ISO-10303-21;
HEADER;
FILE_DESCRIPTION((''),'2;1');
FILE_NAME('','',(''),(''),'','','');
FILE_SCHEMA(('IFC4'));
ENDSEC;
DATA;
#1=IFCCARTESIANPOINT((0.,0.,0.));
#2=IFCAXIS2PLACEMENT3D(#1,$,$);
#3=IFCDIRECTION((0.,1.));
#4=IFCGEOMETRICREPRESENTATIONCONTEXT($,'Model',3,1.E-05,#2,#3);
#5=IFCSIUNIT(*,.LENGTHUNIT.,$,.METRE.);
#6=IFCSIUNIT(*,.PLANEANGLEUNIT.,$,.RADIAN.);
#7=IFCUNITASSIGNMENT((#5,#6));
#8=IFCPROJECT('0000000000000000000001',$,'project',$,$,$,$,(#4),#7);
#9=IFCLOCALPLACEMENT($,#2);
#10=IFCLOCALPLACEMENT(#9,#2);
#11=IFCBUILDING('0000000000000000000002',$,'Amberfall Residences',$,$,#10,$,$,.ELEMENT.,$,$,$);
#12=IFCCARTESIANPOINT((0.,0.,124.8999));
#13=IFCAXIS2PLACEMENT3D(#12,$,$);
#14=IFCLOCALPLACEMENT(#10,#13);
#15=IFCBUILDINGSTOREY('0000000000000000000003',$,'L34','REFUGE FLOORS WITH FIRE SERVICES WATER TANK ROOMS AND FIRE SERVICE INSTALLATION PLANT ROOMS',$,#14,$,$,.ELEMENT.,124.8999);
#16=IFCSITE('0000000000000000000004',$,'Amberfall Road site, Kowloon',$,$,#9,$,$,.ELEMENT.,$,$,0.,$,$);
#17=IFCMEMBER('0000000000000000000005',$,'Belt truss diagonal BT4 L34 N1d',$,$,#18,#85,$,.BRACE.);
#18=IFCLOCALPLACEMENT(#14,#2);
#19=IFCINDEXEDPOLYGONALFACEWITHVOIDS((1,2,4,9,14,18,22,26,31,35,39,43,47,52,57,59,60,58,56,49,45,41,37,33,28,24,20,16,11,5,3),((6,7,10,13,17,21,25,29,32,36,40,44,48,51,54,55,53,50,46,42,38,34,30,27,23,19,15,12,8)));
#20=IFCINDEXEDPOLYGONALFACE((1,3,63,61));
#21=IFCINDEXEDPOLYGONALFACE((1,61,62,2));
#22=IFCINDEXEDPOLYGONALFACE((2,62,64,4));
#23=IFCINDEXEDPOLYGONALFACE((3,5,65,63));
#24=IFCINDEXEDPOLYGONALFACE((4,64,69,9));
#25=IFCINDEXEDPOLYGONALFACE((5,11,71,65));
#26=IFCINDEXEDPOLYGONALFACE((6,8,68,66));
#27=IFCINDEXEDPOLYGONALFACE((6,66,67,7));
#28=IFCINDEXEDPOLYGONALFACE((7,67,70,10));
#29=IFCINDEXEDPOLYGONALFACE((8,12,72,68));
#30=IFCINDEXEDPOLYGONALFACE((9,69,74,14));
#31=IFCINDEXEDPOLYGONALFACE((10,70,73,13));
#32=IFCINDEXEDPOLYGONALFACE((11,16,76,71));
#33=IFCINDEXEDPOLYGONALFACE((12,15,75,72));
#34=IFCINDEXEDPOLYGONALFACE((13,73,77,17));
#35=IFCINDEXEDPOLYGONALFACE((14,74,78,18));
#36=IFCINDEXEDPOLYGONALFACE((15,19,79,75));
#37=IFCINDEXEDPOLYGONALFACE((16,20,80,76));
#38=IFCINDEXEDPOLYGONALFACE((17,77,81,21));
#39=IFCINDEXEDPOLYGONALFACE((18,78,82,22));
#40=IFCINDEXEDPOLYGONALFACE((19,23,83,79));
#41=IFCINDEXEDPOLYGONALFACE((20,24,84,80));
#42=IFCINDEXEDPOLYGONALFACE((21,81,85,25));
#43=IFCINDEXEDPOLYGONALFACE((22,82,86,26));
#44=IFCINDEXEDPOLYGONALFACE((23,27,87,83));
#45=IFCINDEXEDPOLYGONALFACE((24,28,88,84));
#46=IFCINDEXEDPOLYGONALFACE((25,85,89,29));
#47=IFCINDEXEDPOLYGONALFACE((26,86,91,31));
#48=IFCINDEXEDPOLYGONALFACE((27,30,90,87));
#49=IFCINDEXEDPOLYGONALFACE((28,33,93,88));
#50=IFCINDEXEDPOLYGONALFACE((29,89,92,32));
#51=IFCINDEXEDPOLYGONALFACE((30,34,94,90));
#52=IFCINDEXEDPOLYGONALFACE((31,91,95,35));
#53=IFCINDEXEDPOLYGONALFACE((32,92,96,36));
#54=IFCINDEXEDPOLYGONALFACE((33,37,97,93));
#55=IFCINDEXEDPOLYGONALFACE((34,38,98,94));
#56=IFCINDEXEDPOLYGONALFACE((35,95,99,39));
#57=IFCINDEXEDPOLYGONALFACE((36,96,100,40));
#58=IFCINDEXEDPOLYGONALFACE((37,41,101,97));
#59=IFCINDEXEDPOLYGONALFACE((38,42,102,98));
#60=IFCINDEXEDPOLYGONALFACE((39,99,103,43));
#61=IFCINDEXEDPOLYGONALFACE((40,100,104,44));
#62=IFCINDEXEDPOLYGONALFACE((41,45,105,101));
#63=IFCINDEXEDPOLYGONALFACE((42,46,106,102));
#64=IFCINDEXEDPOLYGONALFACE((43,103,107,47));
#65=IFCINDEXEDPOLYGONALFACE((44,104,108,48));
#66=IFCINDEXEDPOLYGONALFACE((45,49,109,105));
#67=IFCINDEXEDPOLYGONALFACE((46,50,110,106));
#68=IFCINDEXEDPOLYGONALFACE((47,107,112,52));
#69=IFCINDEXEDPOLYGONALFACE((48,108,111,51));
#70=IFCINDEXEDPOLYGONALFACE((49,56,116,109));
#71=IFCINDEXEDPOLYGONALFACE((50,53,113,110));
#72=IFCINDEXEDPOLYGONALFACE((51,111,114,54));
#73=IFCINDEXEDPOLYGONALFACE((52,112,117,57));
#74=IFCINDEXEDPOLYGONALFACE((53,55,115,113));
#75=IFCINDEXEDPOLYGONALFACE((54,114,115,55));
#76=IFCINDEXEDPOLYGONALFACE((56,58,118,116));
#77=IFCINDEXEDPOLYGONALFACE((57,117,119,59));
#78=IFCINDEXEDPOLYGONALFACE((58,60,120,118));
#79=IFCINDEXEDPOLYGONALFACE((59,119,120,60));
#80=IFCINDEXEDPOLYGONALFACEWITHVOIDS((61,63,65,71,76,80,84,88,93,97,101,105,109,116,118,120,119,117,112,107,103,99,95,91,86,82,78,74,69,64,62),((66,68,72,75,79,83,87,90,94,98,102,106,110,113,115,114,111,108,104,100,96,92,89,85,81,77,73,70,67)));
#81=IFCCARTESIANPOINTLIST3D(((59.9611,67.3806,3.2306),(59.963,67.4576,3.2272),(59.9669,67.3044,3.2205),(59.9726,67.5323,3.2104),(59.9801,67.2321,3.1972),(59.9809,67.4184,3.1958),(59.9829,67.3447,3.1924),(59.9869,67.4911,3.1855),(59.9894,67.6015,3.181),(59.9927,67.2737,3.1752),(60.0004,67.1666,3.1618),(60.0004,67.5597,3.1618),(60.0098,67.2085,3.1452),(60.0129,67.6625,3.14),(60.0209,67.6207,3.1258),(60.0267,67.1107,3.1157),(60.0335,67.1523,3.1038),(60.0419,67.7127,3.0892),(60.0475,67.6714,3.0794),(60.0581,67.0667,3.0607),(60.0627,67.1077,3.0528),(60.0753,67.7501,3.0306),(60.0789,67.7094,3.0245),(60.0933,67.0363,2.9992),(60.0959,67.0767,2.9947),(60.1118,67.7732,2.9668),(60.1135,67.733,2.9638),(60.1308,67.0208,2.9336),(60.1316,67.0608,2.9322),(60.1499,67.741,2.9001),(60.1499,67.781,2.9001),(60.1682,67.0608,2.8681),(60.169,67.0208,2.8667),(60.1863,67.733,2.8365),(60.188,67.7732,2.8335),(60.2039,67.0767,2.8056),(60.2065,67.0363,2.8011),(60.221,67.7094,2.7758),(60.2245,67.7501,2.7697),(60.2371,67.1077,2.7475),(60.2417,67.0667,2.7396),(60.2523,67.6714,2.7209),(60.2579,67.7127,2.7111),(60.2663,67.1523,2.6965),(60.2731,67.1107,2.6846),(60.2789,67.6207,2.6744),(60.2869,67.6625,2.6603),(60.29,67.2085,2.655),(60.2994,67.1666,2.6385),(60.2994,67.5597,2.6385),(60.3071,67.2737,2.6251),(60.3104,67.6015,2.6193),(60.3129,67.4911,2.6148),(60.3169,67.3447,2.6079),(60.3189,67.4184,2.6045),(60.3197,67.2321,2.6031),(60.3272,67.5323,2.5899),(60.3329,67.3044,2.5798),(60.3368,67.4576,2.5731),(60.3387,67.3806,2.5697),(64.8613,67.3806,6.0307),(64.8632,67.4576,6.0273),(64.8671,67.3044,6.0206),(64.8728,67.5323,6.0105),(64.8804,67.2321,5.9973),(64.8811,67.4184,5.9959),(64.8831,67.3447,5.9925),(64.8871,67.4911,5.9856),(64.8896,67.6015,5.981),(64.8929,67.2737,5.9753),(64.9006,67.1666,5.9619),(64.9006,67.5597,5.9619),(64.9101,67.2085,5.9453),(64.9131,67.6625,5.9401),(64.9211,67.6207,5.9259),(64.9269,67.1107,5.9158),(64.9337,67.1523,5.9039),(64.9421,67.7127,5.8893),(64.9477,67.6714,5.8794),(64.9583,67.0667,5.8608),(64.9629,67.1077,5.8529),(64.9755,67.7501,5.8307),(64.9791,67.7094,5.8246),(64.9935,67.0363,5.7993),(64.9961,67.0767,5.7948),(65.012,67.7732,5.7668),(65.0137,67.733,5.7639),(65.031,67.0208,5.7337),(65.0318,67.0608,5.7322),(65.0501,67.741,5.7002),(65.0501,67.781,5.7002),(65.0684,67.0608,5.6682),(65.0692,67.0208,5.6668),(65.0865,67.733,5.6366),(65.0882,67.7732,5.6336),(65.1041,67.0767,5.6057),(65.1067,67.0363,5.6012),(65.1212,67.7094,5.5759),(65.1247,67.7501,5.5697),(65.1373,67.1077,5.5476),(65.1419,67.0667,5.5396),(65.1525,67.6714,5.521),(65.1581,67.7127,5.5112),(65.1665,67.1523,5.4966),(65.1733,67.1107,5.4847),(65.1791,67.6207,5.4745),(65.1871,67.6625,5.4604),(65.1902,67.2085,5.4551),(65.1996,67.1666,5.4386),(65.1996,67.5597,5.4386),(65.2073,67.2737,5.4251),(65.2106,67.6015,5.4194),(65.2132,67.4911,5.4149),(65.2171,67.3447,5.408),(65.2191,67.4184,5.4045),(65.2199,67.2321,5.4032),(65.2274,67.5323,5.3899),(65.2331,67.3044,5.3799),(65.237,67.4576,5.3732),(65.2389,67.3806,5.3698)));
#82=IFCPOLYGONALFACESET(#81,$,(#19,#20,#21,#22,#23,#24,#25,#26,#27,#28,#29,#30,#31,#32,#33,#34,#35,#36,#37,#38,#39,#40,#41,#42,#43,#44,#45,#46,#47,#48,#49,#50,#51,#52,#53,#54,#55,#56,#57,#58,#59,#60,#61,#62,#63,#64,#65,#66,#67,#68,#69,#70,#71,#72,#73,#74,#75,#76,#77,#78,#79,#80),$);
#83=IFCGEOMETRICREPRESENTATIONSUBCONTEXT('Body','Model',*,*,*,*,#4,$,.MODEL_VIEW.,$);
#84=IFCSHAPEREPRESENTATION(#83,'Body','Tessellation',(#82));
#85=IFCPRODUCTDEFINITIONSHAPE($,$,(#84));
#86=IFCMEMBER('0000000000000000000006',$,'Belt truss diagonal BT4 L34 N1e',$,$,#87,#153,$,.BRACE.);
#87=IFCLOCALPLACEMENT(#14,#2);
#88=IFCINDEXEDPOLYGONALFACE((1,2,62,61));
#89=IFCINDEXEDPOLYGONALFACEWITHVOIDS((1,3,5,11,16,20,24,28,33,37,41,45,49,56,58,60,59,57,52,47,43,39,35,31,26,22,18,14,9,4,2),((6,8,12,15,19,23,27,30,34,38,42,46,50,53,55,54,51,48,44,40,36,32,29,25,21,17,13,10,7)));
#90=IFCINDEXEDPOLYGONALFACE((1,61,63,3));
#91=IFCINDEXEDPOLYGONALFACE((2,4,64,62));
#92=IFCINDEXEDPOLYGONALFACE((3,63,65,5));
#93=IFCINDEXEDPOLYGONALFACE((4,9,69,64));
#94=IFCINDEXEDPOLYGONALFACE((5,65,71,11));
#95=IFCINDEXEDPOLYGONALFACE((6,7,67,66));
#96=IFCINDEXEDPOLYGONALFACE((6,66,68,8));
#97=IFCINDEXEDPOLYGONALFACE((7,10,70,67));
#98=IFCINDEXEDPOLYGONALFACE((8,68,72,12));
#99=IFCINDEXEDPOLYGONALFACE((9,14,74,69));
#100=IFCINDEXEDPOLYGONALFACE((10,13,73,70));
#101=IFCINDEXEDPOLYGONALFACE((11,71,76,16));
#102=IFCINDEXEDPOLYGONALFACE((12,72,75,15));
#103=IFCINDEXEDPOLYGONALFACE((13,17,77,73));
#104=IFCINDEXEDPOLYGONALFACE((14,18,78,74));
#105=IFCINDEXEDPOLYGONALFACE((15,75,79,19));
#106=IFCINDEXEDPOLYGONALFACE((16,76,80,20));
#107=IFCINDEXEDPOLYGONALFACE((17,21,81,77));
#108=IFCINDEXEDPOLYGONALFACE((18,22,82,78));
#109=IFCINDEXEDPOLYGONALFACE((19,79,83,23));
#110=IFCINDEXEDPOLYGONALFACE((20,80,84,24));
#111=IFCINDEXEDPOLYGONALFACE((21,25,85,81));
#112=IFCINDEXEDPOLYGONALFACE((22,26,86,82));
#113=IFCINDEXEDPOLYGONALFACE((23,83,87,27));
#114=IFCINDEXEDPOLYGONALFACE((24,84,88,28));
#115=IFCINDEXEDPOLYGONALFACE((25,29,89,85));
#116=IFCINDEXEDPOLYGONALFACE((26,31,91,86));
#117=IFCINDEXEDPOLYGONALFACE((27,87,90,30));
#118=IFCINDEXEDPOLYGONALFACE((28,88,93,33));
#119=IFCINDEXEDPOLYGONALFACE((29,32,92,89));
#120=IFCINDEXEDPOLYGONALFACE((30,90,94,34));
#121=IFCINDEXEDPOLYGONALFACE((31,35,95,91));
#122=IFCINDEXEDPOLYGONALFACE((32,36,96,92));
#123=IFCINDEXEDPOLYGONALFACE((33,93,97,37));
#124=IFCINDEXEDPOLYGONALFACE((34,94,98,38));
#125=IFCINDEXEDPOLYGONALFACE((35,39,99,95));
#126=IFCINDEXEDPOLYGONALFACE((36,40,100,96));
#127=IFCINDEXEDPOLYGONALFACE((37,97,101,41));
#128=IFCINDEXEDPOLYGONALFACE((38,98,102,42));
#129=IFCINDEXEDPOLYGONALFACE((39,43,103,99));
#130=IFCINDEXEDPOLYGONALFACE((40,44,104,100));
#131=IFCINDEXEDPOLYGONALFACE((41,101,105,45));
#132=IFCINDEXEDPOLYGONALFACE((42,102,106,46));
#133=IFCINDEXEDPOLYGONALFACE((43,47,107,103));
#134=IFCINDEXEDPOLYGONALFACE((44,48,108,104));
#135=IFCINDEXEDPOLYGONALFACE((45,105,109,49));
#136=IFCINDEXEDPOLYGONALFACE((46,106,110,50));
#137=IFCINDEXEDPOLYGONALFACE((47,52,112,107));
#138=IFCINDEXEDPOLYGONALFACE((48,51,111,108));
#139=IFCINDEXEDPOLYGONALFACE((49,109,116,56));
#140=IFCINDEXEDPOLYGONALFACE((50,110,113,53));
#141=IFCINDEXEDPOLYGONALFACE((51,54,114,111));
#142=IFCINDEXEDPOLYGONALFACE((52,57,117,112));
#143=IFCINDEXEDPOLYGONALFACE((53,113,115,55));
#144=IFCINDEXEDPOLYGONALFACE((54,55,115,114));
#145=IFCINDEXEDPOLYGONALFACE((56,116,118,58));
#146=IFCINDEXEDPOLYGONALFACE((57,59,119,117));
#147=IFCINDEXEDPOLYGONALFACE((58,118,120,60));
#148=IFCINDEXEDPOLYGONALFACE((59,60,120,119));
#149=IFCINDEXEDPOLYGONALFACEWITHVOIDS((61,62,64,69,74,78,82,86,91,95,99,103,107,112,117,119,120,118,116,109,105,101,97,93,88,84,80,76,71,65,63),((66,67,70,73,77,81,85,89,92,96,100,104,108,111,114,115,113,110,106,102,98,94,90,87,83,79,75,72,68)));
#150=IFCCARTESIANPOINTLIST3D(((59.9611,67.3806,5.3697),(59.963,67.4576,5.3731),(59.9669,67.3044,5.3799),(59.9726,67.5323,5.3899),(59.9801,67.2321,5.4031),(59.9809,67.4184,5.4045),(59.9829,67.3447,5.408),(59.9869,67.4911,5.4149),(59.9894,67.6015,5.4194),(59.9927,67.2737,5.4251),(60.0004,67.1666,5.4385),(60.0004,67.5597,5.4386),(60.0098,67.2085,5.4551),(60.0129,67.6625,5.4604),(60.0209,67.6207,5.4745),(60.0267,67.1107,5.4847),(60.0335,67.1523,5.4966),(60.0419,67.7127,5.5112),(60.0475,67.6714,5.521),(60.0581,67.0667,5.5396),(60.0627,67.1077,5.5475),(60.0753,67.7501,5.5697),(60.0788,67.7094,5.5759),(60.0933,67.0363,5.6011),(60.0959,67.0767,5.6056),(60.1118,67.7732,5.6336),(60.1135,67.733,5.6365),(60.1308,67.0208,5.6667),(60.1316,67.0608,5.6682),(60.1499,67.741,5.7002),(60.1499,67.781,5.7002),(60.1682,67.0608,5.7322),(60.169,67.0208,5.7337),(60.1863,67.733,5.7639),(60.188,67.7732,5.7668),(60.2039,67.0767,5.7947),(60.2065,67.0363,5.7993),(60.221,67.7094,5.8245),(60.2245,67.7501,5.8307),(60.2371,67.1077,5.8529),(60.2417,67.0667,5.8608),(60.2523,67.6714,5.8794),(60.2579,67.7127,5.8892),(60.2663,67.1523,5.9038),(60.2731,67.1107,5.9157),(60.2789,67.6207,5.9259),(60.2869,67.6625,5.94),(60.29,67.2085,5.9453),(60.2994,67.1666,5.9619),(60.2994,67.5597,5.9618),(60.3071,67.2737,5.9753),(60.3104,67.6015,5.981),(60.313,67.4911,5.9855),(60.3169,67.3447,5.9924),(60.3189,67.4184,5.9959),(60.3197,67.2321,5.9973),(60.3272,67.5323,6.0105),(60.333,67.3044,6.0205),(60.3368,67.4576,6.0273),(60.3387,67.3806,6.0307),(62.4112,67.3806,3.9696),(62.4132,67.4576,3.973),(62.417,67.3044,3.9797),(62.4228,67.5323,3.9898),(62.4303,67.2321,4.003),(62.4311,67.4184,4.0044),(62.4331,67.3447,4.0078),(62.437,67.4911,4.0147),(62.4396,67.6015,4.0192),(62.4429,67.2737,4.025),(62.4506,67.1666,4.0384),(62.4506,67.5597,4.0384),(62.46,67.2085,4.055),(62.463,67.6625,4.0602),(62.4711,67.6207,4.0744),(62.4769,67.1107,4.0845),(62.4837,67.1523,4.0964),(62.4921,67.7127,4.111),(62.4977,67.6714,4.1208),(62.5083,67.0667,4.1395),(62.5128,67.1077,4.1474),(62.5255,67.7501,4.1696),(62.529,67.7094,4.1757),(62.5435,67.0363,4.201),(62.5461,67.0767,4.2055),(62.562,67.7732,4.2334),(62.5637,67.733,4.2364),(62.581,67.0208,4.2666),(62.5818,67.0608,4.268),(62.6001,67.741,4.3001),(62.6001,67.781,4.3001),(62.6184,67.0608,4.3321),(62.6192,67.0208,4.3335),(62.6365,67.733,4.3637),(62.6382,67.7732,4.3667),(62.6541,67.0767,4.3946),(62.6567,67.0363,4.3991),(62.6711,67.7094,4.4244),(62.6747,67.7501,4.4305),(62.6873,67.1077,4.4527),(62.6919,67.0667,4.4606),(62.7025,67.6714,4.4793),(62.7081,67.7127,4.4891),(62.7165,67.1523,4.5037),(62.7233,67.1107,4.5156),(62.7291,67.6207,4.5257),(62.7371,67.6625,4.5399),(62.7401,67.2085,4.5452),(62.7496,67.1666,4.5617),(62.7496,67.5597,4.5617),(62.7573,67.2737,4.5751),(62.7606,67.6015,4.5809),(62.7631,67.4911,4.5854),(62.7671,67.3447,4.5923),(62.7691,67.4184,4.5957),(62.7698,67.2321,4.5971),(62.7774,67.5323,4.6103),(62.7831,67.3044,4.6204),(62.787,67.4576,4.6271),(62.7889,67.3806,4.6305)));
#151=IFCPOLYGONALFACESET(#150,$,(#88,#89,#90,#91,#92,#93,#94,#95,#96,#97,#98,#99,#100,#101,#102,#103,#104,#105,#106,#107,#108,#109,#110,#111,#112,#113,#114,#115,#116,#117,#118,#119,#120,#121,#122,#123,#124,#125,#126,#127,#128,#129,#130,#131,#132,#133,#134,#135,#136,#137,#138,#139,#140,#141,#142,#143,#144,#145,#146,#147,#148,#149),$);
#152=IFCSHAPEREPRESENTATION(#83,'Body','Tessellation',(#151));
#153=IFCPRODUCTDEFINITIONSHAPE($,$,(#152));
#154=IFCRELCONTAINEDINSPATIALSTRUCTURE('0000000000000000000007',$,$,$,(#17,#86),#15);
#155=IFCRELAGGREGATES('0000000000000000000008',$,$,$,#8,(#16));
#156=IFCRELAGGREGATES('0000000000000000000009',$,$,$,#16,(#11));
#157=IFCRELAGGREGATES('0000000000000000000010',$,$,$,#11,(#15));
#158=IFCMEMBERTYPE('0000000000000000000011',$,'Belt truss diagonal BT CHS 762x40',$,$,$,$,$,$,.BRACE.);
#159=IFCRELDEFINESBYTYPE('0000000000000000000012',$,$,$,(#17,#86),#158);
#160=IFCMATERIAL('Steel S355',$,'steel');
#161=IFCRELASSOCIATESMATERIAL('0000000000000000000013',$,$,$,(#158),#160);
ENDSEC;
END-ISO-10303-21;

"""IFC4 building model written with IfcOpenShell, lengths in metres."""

from ifc_helpers import new_model, si_unit, direction, frame, origin, origin_2d, place, context, subcontext, project, spatial, hollow_circle, extrude, material, material_profile, profile_set, type_object, element, save


model = new_model("IFC4")

# Units and contexts
model_context = context("Model", 3, precision=1e-05, world=origin(), true_north=direction((0.0, 1.0)))
body_context = subcontext(model_context, "Body", "Model", "MODEL_VIEW")
ifc_project = project(units=[si_unit("LENGTHUNIT", "METRE"), si_unit("PLANEANGLEUNIT", "RADIAN")], contexts=[model_context])

# Site, building, storey
site_placement = place(None, origin())
site = spatial("IfcSite", under=ifc_project, at=site_placement, Name="Amberfall Road site, Kowloon", CompositionType="ELEMENT", RefElevation=0.0)
building_placement = place(site_placement, origin())
building = spatial("IfcBuilding", under=site, at=building_placement, Name="Amberfall Residences", CompositionType="ELEMENT")
storey_placement = place(building_placement, frame((0.0, 0.0, 124.8999)))
storey = spatial("IfcBuildingStorey", under=building, at=storey_placement, Name="L34", Description="REFUGE FLOORS WITH FIRE SERVICES WATER TANK ROOMS AND FIRE SERVICE INSTALLATION PLANT ROOMS", CompositionType="ELEMENT", Elevation=124.8999)

# Shared definitions
ifc_material_1 = material(Name="Steel S355", Category="steel")

# Members
ifc_material_profile_1 = material_profile(ifc_material_1, hollow_circle(Radius=0.3811, WallThickness=0.04, at=origin_2d()), Name="CHS 762x40")
ifc_profile_set_1 = profile_set([ifc_material_profile_1], Name="Steel S355")
member_type = type_object("IfcMemberType", Name="Belt truss diagonal BT CHS 762x40", PredefinedType="BRACE", material=ifc_profile_set_1)
member_1_placement = place(storey_placement, frame((60.1499, 67.3999, 2.9001), z_axis=(0.868246, 0.0, 0.496134), x_axis=(0.0, 1.0, 0.0)))
element("IfcMember", 1, at=member_1_placement, inside=storey, type_object=member_type, Name="Belt truss diagonal BT4 L34 N1d", PredefinedType="BRACE", context=body_context, shape_type="SweptSolid", body=[
    extrude(hollow_circle(Radius=0.3811, WallThickness=0.04, at=origin_2d()), origin(), (0.0, 0.0, 1.0), 5.6438),
])
member_2_placement = place(storey_placement, frame((60.1499, 67.3999, 5.7002), z_axis=(0.868238, 0.0, -0.496148), x_axis=(0.0, 1.0, 0.0)))
element("IfcMember", 2, at=member_2_placement, inside=storey, type_object=member_type, Name="Belt truss diagonal BT4 L34 N1e", PredefinedType="BRACE", context=body_context, shape_type="SweptSolid", body=[
    extrude(hollow_circle(Radius=0.3811, WallThickness=0.04, at=origin_2d()), origin(), (0.0, 0.0, 1.0), 2.822),
])

save(model, "model.ifc")
